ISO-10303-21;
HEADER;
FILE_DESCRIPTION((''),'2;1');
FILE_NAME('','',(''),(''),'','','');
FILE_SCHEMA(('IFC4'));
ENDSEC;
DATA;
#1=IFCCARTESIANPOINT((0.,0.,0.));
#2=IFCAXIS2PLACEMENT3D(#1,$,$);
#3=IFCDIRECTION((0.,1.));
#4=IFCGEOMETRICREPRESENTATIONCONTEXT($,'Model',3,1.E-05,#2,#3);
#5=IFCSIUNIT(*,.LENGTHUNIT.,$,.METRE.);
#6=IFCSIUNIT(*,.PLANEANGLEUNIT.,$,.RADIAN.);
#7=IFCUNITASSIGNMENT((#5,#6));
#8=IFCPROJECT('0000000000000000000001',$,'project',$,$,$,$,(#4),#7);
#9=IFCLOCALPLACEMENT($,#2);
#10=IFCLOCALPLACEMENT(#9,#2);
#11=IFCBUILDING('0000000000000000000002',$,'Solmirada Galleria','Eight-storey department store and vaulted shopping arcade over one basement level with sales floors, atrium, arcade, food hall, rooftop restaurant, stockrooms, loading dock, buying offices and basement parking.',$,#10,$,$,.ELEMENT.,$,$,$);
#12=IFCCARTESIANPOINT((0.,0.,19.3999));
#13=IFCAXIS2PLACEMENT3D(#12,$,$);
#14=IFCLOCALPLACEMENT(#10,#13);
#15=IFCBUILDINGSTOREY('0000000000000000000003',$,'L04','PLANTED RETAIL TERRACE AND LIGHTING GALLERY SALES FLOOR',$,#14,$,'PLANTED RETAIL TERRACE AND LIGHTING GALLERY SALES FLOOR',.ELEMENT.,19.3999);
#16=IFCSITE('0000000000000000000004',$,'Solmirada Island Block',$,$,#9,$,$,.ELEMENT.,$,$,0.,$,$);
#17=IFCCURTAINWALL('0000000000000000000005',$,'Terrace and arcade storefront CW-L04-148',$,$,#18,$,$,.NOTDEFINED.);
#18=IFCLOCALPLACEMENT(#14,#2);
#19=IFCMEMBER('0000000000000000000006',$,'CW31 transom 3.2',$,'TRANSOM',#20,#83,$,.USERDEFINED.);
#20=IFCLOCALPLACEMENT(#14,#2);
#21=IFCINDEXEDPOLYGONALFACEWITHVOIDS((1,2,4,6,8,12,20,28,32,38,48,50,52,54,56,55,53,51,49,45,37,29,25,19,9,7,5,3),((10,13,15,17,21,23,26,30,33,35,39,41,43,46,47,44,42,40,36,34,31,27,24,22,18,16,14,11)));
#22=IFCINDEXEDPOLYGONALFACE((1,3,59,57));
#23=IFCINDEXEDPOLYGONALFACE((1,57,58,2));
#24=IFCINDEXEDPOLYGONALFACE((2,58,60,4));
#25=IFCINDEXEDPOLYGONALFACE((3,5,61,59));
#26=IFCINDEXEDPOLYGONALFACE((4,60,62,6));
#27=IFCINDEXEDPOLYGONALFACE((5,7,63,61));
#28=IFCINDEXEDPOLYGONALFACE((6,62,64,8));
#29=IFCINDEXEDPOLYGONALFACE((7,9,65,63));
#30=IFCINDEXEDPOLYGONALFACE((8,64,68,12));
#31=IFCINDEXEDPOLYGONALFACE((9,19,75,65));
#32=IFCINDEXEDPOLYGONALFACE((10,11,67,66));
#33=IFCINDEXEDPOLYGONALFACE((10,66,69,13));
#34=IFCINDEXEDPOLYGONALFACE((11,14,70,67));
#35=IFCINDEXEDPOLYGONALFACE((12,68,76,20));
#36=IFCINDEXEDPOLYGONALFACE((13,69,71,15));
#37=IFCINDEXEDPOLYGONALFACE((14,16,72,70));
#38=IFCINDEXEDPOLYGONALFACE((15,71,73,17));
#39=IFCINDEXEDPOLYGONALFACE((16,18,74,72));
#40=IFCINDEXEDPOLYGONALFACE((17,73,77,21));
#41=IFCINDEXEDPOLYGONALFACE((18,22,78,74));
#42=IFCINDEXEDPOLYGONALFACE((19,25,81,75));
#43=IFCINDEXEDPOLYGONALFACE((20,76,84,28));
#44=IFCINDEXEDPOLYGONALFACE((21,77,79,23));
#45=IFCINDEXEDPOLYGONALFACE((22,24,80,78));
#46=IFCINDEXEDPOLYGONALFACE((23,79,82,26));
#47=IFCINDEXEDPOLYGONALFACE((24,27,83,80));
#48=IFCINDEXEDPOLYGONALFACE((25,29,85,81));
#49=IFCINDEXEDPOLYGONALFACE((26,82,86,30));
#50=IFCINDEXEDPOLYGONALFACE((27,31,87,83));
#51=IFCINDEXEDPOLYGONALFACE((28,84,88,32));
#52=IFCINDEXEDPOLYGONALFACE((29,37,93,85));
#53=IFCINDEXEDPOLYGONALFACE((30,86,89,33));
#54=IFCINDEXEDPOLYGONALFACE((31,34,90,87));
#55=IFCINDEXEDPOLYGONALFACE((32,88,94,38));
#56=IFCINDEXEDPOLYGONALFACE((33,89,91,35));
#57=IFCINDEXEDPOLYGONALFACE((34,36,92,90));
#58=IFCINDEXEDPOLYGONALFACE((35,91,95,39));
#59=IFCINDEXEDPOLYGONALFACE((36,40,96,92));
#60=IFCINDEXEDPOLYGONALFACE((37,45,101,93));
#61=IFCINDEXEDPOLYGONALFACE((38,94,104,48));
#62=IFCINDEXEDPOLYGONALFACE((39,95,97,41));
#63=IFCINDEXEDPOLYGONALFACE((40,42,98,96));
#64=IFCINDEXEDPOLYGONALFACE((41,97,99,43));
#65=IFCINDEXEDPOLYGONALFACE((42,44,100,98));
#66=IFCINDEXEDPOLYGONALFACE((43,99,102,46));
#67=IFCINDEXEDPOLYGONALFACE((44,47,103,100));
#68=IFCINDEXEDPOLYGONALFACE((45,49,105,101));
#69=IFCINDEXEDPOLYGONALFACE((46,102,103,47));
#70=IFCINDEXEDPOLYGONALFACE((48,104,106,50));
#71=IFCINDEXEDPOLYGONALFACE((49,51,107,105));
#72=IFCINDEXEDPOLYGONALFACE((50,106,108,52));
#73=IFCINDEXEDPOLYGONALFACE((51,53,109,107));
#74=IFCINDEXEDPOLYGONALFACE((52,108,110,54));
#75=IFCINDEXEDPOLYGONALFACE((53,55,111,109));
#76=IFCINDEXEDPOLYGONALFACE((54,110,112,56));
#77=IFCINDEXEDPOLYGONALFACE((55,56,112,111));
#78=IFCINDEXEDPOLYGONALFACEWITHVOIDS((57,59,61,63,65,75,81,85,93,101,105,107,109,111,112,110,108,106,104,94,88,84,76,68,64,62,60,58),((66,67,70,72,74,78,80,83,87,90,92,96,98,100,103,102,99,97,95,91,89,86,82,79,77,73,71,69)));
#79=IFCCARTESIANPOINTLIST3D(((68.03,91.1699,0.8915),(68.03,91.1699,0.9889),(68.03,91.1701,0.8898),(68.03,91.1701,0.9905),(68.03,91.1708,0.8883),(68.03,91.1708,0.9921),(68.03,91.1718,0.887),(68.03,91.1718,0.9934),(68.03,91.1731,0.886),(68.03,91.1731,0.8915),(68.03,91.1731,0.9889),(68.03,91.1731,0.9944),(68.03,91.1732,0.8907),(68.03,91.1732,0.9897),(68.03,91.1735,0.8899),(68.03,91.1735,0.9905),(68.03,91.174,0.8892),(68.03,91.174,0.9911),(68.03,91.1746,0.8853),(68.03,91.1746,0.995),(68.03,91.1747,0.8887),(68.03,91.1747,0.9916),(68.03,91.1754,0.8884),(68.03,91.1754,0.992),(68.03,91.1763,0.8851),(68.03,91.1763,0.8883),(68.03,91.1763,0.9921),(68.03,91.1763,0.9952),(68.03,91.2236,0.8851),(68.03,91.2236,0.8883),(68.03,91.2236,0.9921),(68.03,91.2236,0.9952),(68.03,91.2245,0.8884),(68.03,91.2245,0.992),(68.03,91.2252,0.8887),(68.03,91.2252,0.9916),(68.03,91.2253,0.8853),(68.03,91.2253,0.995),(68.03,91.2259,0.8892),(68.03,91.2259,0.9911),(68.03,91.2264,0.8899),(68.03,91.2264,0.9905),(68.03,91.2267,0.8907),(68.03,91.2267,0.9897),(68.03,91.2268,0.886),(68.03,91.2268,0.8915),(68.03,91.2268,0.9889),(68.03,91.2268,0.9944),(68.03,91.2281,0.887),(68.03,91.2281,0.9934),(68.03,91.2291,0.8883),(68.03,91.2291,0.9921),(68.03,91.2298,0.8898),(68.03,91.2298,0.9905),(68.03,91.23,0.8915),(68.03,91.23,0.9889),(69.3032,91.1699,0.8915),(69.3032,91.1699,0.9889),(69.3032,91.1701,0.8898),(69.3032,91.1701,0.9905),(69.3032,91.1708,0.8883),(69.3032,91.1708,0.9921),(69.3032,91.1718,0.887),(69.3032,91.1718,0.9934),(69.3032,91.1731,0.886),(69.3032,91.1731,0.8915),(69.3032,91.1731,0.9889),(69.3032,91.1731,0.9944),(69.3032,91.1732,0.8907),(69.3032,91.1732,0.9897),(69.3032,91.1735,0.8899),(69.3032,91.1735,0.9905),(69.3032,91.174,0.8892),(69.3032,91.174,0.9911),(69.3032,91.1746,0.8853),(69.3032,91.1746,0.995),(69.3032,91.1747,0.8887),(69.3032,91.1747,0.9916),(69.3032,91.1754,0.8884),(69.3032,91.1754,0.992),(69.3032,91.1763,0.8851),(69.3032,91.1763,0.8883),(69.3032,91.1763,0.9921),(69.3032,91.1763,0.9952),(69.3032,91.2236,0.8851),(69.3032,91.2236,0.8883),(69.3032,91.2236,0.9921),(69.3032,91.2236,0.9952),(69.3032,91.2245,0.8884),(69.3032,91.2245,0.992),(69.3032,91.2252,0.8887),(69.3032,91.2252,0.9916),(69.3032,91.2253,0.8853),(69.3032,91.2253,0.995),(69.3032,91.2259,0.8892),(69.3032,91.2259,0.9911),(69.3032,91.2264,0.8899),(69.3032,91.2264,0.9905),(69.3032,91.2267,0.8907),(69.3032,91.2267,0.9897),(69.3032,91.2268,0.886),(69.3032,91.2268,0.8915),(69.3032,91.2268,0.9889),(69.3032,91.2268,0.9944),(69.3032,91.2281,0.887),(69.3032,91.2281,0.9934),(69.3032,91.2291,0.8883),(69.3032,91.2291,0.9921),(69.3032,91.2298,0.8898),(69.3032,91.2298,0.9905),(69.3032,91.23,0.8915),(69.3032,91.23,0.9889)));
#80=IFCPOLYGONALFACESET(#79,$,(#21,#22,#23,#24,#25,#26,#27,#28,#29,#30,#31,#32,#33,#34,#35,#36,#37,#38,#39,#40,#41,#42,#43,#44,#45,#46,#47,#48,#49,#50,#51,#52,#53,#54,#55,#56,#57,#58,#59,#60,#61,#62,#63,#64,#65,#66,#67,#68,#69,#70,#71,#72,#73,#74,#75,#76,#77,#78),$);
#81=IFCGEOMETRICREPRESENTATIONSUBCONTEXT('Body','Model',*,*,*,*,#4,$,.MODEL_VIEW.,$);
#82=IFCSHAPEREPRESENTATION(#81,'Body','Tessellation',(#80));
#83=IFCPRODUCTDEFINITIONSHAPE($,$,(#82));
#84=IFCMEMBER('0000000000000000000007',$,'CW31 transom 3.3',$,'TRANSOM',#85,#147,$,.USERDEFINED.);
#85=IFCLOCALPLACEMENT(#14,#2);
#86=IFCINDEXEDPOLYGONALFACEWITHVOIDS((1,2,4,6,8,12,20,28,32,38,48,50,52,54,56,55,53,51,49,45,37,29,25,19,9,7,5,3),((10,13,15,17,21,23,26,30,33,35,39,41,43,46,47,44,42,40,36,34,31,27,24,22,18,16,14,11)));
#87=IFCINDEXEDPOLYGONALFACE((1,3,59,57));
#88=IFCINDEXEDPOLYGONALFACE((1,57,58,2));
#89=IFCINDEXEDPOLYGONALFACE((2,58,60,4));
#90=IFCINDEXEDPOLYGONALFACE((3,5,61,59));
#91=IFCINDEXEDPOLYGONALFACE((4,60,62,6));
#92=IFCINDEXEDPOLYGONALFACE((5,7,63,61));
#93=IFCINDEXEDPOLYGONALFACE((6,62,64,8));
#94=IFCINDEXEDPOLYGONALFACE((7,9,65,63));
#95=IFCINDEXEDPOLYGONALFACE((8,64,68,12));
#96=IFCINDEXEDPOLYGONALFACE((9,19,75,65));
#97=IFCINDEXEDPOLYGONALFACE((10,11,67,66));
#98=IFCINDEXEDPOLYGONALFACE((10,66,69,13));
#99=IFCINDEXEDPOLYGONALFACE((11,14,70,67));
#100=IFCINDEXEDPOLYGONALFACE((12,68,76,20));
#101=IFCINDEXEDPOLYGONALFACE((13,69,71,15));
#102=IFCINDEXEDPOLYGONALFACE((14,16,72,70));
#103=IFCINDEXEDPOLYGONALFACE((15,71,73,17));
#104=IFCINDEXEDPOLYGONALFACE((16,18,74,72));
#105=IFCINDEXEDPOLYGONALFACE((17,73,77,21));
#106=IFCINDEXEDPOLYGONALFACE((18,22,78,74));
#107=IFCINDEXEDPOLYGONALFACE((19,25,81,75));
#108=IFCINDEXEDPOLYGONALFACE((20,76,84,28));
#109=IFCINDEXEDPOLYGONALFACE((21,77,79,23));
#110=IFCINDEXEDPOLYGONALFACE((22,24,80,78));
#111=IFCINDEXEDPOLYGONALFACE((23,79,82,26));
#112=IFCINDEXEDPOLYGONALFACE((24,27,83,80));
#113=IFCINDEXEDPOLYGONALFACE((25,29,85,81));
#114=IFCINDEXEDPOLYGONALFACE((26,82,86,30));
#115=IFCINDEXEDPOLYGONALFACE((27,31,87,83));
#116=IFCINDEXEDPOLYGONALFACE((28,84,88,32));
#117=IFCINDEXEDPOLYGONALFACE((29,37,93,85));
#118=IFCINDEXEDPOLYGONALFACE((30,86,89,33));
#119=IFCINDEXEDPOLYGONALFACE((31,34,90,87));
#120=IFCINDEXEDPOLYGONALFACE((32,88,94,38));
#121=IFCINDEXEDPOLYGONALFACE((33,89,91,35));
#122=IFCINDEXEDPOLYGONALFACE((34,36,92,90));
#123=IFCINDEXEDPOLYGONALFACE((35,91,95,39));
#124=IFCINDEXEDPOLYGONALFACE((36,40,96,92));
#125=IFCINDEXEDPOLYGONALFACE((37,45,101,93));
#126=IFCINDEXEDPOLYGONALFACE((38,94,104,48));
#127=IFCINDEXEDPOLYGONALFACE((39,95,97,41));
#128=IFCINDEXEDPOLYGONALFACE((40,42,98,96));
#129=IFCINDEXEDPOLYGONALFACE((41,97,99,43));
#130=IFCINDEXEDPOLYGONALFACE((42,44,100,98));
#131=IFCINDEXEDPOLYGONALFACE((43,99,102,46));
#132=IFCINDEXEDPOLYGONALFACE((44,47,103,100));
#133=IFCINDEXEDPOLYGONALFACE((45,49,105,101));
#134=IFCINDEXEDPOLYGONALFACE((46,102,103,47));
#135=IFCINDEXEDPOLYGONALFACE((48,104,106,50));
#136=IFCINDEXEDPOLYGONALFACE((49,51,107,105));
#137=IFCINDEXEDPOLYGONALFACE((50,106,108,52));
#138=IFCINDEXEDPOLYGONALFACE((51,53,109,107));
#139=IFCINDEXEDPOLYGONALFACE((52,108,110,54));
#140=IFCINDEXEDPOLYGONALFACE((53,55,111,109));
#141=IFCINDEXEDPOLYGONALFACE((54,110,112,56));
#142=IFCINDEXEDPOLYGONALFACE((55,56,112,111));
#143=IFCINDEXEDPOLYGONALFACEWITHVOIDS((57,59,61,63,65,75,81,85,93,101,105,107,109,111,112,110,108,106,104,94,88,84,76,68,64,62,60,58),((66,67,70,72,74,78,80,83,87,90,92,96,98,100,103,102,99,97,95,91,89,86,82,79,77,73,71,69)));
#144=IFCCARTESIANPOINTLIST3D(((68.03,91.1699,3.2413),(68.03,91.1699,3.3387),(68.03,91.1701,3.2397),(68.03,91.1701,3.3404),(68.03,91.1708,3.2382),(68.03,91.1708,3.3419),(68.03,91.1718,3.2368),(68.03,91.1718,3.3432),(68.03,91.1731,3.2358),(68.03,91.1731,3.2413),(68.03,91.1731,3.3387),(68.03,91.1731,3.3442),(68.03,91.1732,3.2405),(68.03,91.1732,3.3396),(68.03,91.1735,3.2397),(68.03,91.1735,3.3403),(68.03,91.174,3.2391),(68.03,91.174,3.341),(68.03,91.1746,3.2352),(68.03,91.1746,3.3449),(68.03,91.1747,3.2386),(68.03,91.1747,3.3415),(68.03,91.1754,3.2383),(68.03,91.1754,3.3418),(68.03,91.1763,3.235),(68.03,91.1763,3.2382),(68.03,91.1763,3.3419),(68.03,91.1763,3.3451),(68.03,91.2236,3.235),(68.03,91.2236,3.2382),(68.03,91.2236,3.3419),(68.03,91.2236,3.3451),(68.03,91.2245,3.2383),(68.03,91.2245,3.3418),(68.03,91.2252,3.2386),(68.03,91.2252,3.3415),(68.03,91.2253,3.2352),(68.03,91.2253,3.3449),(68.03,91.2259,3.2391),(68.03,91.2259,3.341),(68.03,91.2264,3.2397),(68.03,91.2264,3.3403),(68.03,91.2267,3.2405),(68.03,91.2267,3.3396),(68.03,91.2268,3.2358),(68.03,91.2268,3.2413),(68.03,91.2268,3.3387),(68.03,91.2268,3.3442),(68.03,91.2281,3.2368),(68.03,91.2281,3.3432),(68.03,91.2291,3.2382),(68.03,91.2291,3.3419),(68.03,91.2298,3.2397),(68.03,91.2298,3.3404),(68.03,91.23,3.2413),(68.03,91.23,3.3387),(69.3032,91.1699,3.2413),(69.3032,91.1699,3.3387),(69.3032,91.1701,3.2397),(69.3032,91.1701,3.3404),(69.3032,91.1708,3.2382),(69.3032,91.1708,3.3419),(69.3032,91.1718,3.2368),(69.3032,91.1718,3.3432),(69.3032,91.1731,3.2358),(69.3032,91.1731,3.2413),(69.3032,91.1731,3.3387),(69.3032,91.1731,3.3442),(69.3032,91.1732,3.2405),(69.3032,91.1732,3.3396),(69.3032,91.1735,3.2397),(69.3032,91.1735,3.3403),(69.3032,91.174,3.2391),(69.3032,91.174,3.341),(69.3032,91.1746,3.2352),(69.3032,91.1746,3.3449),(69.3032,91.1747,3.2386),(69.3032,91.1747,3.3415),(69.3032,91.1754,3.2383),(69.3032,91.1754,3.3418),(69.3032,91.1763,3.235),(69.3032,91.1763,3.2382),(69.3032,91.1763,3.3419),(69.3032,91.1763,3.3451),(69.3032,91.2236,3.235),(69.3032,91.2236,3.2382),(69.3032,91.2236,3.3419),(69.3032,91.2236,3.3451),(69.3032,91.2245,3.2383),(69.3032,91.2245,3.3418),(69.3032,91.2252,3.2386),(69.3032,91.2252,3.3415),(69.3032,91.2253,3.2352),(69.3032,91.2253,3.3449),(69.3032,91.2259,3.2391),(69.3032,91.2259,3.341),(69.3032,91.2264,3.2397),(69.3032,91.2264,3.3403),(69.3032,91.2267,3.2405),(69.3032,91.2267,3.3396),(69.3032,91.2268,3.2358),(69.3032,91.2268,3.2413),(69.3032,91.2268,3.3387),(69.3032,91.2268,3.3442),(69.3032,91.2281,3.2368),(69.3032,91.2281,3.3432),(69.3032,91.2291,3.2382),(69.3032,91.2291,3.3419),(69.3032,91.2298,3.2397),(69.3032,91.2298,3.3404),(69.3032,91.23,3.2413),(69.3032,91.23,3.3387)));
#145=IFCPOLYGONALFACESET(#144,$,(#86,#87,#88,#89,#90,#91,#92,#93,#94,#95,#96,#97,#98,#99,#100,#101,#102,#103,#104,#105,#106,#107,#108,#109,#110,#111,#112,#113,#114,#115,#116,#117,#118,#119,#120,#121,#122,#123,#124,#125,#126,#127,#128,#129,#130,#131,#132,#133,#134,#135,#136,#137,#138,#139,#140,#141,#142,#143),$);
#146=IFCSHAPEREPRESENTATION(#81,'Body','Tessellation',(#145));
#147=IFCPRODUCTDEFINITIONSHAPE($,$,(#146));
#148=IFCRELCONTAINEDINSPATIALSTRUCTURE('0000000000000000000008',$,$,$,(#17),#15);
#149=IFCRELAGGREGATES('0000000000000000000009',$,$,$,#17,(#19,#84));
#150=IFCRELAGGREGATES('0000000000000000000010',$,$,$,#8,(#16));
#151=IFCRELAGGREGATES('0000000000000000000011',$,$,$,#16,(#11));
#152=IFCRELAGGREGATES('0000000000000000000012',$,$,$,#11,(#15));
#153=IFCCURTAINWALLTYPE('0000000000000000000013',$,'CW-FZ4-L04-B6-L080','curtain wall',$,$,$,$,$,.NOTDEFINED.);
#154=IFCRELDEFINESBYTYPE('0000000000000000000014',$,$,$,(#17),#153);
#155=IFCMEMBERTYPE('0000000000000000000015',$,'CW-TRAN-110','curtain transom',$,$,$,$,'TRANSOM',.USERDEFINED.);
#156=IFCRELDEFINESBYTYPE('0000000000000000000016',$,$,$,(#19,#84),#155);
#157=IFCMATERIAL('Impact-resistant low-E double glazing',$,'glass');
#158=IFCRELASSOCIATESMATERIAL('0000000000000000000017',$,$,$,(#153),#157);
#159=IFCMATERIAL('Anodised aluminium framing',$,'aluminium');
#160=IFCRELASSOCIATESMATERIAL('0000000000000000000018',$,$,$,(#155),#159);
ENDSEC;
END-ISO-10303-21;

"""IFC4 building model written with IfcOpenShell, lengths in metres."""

from ifc_helpers import new_model, si_unit, direction, frame, origin, origin_2d, place, context, subcontext, project, spatial, hollow_rectangle, extrude, material, material_profile, profile_set, type_object, element, aggregate, save


model = new_model("IFC4")

# Units and contexts
model_context = context("Model", 3, precision=1e-05, world=origin(), true_north=direction((0.0, 1.0)))
body_context = subcontext(model_context, "Body", "Model", "MODEL_VIEW")
ifc_project = project(units=[si_unit("LENGTHUNIT", "METRE"), si_unit("PLANEANGLEUNIT", "RADIAN")], contexts=[model_context])

# Site, building, storey
site_placement = place(None, origin())
site = spatial("IfcSite", under=ifc_project, at=site_placement, Name="Solmirada Island Block", CompositionType="ELEMENT", RefElevation=0.0)
building_placement = place(site_placement, origin())
building = spatial("IfcBuilding", under=site, at=building_placement, Name="Solmirada Galleria", Description="Eight-storey department store and vaulted shopping arcade over one basement level with sales floors, atrium, arcade, food hall, rooftop restaurant, stockrooms, loading dock, buying offices and basement parking.", CompositionType="ELEMENT")
storey_placement = place(building_placement, frame((0.0, 0.0, 19.3999)))
storey = spatial("IfcBuildingStorey", under=building, at=storey_placement, Name="L04", Description="PLANTED RETAIL TERRACE AND LIGHTING GALLERY SALES FLOOR", LongName="PLANTED RETAIL TERRACE AND LIGHTING GALLERY SALES FLOOR", CompositionType="ELEMENT", Elevation=19.3999)

# Curtain wall, members
ifc_material_1 = material(Name="Impact-resistant low-E double glazing", Category="glass")
curtain_wall_type = type_object("IfcCurtainWallType", Name="CW-FZ4-L04-B6-L080", Description="curtain wall", PredefinedType="NOTDEFINED", material=ifc_material_1)
curtain_wall_placement = place(storey_placement, origin())
curtain_wall = element("IfcCurtainWall", 1, at=curtain_wall_placement, inside=storey, type_object=curtain_wall_type, Name="Terrace and arcade storefront CW-L04-148", PredefinedType="NOTDEFINED")
ifc_material_2 = material(Name="Anodised aluminium framing", Category="aluminium")
ifc_material_profile_1 = material_profile(ifc_material_2, hollow_rectangle(XDim=0.0601, YDim=0.1101, WallThickness=0.0032, InnerFilletRadius=0.0032, OuterFilletRadius=0.0063, at=origin_2d()), Name="ALU-TRAN-110X60")
ifc_profile_set_1 = profile_set([ifc_material_profile_1], Name="Anodised aluminium framing")
member_type_1 = type_object("IfcMemberType", Name="CW-TRAN-110", Description="curtain transom", ElementType="TRANSOM", PredefinedType="USERDEFINED", material=ifc_profile_set_1)
member_1_placement = place(storey_placement, frame((69.3032, 91.2, 0.9402), z_axis=(-1.0, 0.0, 0.0), x_axis=(0.0, -1.0, 0.0)))
member_1 = element("IfcMember", 2, at=member_1_placement, type_object=member_type_1, Name="CW31 transom 3.2", ObjectType="TRANSOM", PredefinedType="USERDEFINED", context=body_context, shape_type="SweptSolid", body=[
    extrude(hollow_rectangle(XDim=0.0601, YDim=0.1101, WallThickness=0.0032, InnerFilletRadius=0.0032, OuterFilletRadius=0.0063, at=origin_2d()), origin(), (0.0, 0.0, 1.0), 1.2732),
])
member_2_placement = place(storey_placement, frame((69.3032, 91.2, 3.29), z_axis=(-1.0, 0.0, 0.0), x_axis=(0.0, -1.0, 0.0)))
member_2 = element("IfcMember", 3, at=member_2_placement, type_object=member_type_1, Name="CW31 transom 3.3", ObjectType="TRANSOM", PredefinedType="USERDEFINED", context=body_context, shape_type="SweptSolid", body=[
    extrude(hollow_rectangle(XDim=0.0601, YDim=0.1101, WallThickness=0.0032, InnerFilletRadius=0.0032, OuterFilletRadius=0.0063, at=origin_2d()), origin(), (0.0, 0.0, 1.0), 1.2732),
])
aggregate(curtain_wall, [member_1, member_2])

save(model, "model.ifc")
